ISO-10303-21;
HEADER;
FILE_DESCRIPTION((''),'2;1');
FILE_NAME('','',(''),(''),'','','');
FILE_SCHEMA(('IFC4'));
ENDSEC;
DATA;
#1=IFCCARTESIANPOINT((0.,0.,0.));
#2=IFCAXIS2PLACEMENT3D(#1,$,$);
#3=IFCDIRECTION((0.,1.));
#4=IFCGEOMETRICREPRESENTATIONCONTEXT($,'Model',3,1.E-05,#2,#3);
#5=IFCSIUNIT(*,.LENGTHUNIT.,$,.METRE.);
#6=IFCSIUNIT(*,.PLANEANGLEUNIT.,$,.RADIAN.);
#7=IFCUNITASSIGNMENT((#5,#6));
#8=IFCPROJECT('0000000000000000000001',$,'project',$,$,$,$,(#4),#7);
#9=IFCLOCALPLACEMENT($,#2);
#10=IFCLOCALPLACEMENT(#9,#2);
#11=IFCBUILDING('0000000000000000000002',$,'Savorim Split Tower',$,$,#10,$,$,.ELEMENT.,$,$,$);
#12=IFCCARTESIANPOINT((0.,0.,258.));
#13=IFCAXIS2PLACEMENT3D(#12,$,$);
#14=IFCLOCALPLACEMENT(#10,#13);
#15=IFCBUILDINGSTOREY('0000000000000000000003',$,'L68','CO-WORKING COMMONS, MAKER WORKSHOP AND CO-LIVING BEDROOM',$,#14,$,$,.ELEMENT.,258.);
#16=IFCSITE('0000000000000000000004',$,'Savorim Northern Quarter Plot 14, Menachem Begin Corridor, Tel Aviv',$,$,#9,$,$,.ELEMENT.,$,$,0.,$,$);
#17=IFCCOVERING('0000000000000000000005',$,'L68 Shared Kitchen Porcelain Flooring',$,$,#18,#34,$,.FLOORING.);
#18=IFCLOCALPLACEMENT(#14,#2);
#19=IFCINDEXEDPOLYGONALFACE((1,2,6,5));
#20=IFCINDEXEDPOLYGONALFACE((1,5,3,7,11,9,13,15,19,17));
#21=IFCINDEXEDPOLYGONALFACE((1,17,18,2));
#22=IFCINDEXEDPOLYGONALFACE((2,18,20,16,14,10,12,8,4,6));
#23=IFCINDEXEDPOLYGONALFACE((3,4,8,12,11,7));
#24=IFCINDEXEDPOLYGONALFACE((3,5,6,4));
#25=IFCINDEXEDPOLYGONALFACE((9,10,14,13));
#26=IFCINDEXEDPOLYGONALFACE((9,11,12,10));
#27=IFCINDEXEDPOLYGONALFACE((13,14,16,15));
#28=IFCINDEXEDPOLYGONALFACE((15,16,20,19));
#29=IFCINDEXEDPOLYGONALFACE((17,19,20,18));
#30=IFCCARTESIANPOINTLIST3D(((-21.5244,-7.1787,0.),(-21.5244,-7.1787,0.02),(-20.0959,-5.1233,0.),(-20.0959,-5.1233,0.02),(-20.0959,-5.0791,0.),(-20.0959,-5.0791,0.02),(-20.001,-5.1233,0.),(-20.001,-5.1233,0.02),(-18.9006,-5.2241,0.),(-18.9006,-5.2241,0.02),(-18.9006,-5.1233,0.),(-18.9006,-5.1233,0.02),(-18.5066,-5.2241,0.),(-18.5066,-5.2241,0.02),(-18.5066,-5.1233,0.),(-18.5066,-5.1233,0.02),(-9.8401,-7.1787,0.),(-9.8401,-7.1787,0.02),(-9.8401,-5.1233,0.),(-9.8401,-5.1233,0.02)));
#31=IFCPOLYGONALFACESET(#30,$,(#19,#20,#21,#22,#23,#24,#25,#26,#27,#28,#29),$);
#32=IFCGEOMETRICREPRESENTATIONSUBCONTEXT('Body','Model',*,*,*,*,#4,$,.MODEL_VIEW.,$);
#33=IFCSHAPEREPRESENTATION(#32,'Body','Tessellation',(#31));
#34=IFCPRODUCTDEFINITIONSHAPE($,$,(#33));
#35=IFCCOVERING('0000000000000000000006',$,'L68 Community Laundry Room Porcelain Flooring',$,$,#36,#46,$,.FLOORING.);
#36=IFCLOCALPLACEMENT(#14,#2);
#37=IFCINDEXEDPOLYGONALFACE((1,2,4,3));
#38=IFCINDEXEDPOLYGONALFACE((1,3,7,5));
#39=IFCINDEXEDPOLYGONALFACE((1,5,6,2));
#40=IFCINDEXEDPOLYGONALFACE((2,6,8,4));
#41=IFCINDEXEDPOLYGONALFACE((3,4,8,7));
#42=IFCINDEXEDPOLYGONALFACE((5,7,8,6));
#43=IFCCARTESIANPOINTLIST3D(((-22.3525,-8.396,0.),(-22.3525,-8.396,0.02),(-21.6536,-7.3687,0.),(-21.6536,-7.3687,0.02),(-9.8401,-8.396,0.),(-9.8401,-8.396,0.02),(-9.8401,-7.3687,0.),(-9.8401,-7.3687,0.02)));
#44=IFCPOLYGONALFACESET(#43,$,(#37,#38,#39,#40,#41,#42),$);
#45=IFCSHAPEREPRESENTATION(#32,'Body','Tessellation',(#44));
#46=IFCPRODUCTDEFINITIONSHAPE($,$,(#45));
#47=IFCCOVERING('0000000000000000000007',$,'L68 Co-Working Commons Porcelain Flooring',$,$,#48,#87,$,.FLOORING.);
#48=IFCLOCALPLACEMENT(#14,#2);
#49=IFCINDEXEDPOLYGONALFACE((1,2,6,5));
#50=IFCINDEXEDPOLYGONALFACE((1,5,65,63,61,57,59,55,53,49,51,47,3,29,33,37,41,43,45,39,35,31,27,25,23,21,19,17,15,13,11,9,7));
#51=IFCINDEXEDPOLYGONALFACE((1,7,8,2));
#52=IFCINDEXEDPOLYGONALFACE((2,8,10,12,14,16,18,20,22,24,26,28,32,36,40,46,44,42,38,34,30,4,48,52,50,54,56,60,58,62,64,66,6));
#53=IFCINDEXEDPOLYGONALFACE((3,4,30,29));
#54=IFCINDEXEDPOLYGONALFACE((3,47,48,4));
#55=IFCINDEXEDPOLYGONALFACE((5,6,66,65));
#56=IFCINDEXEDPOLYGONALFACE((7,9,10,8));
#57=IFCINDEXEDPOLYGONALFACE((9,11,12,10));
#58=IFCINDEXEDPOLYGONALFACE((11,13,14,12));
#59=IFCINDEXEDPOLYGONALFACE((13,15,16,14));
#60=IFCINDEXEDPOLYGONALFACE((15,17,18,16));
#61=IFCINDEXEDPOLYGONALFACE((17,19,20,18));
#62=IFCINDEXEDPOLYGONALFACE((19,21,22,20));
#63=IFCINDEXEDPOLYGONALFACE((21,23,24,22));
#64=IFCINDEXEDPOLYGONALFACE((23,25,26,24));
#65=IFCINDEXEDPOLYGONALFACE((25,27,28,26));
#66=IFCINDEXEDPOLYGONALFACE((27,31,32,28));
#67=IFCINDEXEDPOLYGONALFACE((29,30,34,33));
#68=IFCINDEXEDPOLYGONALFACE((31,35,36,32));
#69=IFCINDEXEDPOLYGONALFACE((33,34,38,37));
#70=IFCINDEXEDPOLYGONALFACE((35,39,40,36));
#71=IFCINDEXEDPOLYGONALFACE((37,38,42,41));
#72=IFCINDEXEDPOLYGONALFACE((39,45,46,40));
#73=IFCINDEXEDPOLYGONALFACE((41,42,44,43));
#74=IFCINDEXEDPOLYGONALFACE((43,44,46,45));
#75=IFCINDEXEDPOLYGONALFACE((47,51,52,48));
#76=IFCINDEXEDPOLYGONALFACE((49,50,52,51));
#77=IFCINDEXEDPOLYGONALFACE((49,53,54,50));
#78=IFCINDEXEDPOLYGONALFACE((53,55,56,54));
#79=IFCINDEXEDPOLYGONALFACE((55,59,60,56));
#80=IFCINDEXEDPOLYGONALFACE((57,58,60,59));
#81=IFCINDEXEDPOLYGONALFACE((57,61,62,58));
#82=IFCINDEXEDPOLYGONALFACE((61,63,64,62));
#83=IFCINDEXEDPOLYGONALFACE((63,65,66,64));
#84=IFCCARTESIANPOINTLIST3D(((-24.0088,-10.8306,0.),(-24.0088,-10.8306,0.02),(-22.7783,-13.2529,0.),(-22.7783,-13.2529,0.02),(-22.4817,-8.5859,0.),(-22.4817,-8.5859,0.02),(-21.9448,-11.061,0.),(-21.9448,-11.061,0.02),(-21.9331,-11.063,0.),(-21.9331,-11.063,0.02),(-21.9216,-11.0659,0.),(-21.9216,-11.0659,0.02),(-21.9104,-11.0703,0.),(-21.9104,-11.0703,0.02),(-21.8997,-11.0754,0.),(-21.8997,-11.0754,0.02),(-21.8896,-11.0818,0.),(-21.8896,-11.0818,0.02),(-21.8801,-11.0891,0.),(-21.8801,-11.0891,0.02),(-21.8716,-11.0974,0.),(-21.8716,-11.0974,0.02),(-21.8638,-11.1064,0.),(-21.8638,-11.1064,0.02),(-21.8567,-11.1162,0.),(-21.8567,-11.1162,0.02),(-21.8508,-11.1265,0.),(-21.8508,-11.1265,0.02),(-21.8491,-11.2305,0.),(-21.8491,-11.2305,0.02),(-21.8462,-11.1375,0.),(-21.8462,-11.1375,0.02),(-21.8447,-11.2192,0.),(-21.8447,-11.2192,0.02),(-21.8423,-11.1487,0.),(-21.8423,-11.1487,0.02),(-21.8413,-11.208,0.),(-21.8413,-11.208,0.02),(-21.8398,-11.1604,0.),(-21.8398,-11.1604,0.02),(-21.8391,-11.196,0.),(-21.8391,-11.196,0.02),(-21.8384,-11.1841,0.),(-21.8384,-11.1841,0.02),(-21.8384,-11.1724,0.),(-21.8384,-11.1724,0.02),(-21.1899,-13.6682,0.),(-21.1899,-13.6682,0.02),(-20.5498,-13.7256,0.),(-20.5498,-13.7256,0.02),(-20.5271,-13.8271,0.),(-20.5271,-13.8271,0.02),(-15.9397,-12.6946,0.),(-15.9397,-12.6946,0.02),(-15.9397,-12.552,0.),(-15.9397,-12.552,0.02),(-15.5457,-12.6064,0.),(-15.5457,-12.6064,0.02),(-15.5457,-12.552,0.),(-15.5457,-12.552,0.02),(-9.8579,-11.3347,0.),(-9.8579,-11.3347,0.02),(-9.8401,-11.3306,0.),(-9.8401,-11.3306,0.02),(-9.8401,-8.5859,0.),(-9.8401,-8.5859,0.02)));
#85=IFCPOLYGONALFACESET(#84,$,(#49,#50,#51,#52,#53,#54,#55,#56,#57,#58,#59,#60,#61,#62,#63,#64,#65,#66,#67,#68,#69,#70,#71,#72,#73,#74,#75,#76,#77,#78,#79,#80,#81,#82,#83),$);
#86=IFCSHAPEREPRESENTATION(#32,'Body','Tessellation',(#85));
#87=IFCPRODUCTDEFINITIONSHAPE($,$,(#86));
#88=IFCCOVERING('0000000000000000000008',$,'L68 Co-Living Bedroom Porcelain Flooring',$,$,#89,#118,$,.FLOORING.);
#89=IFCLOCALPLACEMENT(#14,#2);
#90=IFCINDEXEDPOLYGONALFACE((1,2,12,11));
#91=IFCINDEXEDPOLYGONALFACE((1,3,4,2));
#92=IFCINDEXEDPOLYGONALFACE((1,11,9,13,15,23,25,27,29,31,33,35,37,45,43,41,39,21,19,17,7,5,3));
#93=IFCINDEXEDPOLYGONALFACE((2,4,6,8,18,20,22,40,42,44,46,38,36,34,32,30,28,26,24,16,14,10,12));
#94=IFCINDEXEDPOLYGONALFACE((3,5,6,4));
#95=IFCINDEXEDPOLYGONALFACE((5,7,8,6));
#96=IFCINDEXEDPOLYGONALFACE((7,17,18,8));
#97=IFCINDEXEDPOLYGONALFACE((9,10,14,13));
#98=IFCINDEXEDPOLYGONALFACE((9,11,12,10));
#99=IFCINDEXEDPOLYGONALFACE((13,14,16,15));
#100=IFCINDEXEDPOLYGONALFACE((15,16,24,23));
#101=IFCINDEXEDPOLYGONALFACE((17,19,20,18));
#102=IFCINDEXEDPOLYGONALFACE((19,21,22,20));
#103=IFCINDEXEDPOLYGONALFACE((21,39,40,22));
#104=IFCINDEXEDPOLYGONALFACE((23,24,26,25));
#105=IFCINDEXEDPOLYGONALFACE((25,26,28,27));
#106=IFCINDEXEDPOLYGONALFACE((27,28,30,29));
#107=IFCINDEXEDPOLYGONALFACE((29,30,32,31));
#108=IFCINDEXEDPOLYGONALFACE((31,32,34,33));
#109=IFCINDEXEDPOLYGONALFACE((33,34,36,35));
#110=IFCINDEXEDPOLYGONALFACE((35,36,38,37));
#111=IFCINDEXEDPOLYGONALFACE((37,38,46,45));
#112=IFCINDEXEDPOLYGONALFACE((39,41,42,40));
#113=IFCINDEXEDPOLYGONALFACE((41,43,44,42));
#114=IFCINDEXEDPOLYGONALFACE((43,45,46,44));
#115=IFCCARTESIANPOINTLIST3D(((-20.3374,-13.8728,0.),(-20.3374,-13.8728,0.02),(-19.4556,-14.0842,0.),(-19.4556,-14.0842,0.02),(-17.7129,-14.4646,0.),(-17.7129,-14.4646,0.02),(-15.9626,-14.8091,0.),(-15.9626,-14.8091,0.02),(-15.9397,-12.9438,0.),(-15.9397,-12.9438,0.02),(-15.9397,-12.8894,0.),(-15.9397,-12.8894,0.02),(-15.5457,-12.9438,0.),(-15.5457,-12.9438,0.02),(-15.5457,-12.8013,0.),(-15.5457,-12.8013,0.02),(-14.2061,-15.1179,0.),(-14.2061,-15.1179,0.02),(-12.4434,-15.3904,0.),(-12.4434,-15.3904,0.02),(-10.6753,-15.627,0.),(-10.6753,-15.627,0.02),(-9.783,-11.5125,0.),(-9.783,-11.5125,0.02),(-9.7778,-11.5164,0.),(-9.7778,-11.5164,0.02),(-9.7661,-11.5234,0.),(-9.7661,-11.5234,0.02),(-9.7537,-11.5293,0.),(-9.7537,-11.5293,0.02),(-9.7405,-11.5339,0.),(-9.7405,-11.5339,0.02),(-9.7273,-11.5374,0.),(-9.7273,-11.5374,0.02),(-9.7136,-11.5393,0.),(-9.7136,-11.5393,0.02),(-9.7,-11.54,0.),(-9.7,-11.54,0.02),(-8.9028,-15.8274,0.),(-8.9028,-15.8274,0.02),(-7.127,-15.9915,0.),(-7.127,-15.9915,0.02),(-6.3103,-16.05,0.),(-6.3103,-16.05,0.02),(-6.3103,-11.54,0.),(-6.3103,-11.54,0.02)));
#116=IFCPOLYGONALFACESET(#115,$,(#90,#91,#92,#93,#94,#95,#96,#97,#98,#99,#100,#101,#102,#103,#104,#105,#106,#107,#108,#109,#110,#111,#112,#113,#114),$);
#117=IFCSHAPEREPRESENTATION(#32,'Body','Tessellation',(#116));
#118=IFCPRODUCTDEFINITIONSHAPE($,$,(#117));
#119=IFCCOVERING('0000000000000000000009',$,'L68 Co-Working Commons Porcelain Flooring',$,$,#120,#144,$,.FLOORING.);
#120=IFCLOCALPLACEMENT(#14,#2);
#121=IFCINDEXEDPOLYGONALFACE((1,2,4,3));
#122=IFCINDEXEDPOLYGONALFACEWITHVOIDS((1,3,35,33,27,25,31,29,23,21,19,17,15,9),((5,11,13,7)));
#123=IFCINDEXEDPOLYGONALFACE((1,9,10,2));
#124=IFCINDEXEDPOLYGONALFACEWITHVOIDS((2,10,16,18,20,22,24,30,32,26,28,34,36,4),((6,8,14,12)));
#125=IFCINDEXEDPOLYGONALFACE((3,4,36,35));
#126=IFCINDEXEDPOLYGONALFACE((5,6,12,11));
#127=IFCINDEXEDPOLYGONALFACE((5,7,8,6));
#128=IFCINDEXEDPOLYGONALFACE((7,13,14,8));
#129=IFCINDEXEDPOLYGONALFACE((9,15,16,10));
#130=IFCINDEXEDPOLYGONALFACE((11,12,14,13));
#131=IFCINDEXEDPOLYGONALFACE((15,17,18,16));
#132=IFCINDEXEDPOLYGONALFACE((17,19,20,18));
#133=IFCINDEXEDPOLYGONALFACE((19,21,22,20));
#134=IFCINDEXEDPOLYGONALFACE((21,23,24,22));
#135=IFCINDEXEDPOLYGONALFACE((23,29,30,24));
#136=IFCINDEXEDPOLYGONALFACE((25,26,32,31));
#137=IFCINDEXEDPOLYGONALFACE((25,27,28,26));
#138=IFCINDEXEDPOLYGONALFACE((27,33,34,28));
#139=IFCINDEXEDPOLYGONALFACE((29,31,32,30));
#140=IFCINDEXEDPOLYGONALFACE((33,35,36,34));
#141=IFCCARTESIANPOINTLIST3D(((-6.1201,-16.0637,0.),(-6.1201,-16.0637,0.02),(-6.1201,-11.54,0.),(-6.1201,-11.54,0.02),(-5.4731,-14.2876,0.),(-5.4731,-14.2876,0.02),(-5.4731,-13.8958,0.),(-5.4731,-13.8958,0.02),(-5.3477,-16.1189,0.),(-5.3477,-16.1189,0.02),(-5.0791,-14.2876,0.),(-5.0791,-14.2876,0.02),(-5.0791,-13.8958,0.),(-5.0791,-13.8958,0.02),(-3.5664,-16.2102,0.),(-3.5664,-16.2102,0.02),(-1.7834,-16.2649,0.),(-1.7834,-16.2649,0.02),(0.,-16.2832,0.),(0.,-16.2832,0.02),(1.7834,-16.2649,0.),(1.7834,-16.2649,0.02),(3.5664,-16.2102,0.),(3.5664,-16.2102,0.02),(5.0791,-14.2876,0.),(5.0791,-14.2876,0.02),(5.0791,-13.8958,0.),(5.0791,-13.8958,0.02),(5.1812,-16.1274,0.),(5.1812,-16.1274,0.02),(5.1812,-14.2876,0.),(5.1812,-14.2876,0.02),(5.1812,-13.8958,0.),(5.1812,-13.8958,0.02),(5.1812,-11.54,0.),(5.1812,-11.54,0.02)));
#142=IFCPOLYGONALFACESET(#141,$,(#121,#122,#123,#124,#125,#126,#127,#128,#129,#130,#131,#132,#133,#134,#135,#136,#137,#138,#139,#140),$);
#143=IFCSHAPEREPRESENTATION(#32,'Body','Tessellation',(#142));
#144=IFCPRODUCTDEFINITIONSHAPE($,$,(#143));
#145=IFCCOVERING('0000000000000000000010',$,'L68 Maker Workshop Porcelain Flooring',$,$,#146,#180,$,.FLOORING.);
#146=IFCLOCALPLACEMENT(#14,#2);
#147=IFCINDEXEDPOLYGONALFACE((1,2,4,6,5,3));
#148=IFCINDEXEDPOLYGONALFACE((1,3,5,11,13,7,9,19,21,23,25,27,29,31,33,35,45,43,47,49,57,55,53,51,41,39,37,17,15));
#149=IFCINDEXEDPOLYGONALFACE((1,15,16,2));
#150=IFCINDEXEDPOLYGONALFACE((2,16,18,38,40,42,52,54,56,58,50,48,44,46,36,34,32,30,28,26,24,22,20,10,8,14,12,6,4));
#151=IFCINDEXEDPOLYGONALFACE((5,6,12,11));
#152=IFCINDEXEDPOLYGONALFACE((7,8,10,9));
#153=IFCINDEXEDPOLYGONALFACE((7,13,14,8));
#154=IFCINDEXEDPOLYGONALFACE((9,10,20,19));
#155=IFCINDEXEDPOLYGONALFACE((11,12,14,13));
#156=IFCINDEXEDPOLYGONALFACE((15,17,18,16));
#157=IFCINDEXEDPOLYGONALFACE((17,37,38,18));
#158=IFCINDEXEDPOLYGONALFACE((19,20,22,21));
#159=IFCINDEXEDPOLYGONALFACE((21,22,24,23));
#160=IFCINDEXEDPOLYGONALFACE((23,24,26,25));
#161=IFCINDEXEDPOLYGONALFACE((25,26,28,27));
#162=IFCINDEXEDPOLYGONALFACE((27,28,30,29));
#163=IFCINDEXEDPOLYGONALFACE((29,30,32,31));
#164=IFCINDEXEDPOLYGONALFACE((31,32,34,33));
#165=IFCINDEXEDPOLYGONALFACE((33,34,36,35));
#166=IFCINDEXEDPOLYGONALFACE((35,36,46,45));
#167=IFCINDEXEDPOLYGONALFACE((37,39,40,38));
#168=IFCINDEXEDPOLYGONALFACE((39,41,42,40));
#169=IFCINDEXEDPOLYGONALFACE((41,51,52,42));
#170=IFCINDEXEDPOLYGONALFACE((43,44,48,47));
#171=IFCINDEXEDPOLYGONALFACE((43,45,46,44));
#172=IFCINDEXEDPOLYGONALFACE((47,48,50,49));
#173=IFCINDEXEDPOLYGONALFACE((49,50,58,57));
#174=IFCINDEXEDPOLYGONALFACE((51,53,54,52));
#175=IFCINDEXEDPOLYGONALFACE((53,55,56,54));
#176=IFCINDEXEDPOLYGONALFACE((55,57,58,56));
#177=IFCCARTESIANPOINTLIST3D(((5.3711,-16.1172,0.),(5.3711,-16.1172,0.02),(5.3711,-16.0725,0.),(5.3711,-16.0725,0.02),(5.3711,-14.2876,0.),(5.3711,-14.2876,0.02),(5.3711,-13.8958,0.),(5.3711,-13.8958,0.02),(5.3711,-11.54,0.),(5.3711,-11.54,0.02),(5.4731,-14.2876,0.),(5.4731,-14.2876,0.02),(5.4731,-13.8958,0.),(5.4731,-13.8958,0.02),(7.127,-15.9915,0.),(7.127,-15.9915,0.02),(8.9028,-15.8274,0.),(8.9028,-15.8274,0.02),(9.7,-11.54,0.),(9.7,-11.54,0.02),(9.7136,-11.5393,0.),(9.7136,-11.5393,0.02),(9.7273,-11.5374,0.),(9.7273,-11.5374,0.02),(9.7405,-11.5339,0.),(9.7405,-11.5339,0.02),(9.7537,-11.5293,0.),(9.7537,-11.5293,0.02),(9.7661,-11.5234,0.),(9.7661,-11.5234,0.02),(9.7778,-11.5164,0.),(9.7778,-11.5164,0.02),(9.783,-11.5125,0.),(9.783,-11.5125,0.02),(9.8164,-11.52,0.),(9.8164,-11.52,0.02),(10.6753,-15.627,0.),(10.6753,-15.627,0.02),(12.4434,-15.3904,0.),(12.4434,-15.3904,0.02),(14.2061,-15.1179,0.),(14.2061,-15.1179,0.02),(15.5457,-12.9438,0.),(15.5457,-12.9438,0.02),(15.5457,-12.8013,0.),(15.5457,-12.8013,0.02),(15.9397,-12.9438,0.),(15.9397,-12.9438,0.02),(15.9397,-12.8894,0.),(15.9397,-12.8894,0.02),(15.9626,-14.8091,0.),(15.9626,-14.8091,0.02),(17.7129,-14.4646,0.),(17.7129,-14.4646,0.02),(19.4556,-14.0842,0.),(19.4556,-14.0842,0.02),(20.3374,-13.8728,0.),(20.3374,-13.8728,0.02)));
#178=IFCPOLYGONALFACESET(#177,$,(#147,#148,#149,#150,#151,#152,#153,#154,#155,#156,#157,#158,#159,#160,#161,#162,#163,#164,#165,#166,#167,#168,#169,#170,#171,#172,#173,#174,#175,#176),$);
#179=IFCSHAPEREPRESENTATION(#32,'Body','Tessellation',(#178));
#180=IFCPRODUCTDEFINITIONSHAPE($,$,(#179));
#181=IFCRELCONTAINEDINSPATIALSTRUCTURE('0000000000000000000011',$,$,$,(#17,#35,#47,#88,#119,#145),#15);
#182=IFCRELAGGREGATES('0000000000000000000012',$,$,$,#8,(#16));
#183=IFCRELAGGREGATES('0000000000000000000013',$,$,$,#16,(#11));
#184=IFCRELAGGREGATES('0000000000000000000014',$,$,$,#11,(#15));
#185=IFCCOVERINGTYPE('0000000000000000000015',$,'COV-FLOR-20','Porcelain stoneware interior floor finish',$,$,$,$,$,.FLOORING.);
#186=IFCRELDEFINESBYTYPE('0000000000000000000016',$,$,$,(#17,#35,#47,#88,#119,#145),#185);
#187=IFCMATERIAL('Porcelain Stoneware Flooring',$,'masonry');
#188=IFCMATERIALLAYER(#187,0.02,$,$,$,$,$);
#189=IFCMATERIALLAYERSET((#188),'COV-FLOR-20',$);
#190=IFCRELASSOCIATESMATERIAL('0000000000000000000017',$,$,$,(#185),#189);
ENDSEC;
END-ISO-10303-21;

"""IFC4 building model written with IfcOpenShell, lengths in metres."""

from ifc_helpers import new_model, si_unit, direction, frame, origin, place, context, subcontext, project, spatial, polyline, outline, extrude, material, layer, layer_set, type_object, element, save


model = new_model("IFC4")

# Units and contexts
model_context = context("Model", 3, precision=1e-05, world=origin(), true_north=direction((0.0, 1.0)))
body_context = subcontext(model_context, "Body", "Model", "MODEL_VIEW")
ifc_project = project(units=[si_unit("LENGTHUNIT", "METRE"), si_unit("PLANEANGLEUNIT", "RADIAN")], contexts=[model_context])

# Site, building, storey
site_placement = place(None, origin())
site = spatial("IfcSite", under=ifc_project, at=site_placement, Name="Savorim Northern Quarter Plot 14, Menachem Begin Corridor, Tel Aviv", CompositionType="ELEMENT", RefElevation=0.0)
building_placement = place(site_placement, origin())
building = spatial("IfcBuilding", under=site, at=building_placement, Name="Savorim Split Tower", CompositionType="ELEMENT")
storey_placement = place(building_placement, frame((0.0, 0.0, 258.0)))
storey = spatial("IfcBuildingStorey", under=building, at=storey_placement, Name="L68", Description="CO-WORKING COMMONS, MAKER WORKSHOP AND CO-LIVING BEDROOM", CompositionType="ELEMENT", Elevation=258.0)

# Coverings
ifc_material_1 = material(Name="Porcelain Stoneware Flooring", Category="masonry")
ifc_layer_1 = layer(ifc_material_1, 0.02)
ifc_layer_set_1 = layer_set([ifc_layer_1], Name="COV-FLOR-20")
covering_type_1 = type_object("IfcCoveringType", Name="COV-FLOR-20", Description="Porcelain stoneware interior floor finish", PredefinedType="FLOORING", material=ifc_layer_set_1)
covering_1_placement = place(storey_placement, origin())
element("IfcCovering", 1, at=covering_1_placement, inside=storey, type_object=covering_type_1, Name="L68 Shared Kitchen Porcelain Flooring", PredefinedType="FLOORING", context=body_context, shape_type="SweptSolid", body=[
    extrude(outline(polyline([(-20.001, -5.1233), (-20.0959, -5.1233), (-20.0959, -5.0791), (-21.5244, -7.1787), (-9.8401, -7.1787), (-9.8401, -5.1233), (-18.5066, -5.1233), (-18.5066, -5.2241), (-18.9006, -5.2241), (-18.9006, -5.1233), (-20.001, -5.1233)])), origin(), (0.0, 0.0, 1.0), 0.02),
])
covering_2_placement = place(storey_placement, origin())
element("IfcCovering", 2, at=covering_2_placement, inside=storey, type_object=covering_type_1, Name="L68 Community Laundry Room Porcelain Flooring", PredefinedType="FLOORING", context=body_context, shape_type="SweptSolid", body=[
    extrude(outline(polyline([(-9.8401, -8.396), (-9.8401, -7.3687), (-21.6536, -7.3687), (-22.3525, -8.396), (-9.8401, -8.396)])), origin(), (0.0, 0.0, 1.0), 0.02),
])
covering_3_placement = place(storey_placement, origin())
element("IfcCovering", 3, at=covering_3_placement, inside=storey, type_object=covering_type_1, Name="L68 Co-Working Commons Porcelain Flooring", PredefinedType="FLOORING", context=body_context, shape_type="SweptSolid", body=[
    extrude(outline(polyline([(-21.8384, -11.1841), (-21.8391, -11.196), (-21.8413, -11.208), (-21.8447, -11.2192), (-21.8491, -11.2305), (-22.7783, -13.2529), (-21.1899, -13.6682), (-20.5271, -13.8271), (-20.5498, -13.7256), (-15.9397, -12.6946), (-15.9397, -12.552), (-15.5457, -12.552), (-15.5457, -12.6064), (-9.8579, -11.3347), (-9.8401, -11.3306), (-9.8401, -8.5859), (-22.4817, -8.5859), (-24.0088, -10.8306), (-21.9448, -11.061), (-21.9331, -11.063), (-21.9216, -11.0659), (-21.9104, -11.0703), (-21.8997, -11.0754), (-21.8896, -11.0818), (-21.8801, -11.0891), (-21.8716, -11.0974), (-21.8638, -11.1064), (-21.8567, -11.1162), (-21.8508, -11.1265), (-21.8462, -11.1375), (-21.8423, -11.1487), (-21.8398, -11.1604), (-21.8384, -11.1724), (-21.8384, -11.1841)])), origin(), (0.0, 0.0, 1.0), 0.02),
])
covering_4_placement = place(storey_placement, origin())
element("IfcCovering", 4, at=covering_4_placement, inside=storey, type_object=covering_type_1, Name="L68 Co-Living Bedroom Porcelain Flooring", PredefinedType="FLOORING", context=body_context, shape_type="SweptSolid", body=[
    extrude(outline(polyline([(-10.6753, -15.627), (-8.9028, -15.8274), (-7.127, -15.9915), (-6.3103, -16.05), (-6.3103, -11.54), (-9.7, -11.54), (-9.7136, -11.5393), (-9.7273, -11.5374), (-9.7405, -11.5339), (-9.7537, -11.5293), (-9.7661, -11.5234), (-9.7778, -11.5164), (-9.783, -11.5125), (-15.5457, -12.8013), (-15.5457, -12.9438), (-15.9397, -12.9438), (-15.9397, -12.8894), (-20.3374, -13.8728), (-19.4556, -14.0842), (-17.7129, -14.4646), (-15.9626, -14.8091), (-14.2061, -15.1179), (-12.4434, -15.3904), (-10.6753, -15.627)])), origin(), (0.0, 0.0, 1.0), 0.02),
])
covering_5_placement = place(storey_placement, origin())
element("IfcCovering", 5, at=covering_5_placement, inside=storey, type_object=covering_type_1, Name="L68 Co-Working Commons Porcelain Flooring", PredefinedType="FLOORING", context=body_context, shape_type="SweptSolid", body=[
    extrude(outline(polyline([(-1.7834, -16.2649), (0.0, -16.2832), (1.7834, -16.2649), (3.5664, -16.2102), (5.1812, -16.1274), (5.1812, -14.2876), (5.0791, -14.2876), (5.0791, -13.8958), (5.1812, -13.8958), (5.1812, -11.54), (-6.1201, -11.54), (-6.1201, -16.0637), (-5.3477, -16.1189), (-3.5664, -16.2102), (-1.7834, -16.2649)]), holes=[polyline([(-5.4731, -14.2876), (-5.0791, -14.2876), (-5.0791, -13.8958), (-5.4731, -13.8958), (-5.4731, -14.2876)])]), origin(), (0.0, 0.0, 1.0), 0.02),
])
covering_6_placement = place(storey_placement, origin())
element("IfcCovering", 6, at=covering_6_placement, inside=storey, type_object=covering_type_1, Name="L68 Maker Workshop Porcelain Flooring", PredefinedType="FLOORING", context=body_context, shape_type="SweptSolid", body=[
    extrude(outline(polyline([(14.2061, -15.1179), (15.9626, -14.8091), (17.7129, -14.4646), (19.4556, -14.0842), (20.3374, -13.8728), (15.9397, -12.8894), (15.9397, -12.9438), (15.5457, -12.9438), (15.5457, -12.8013), (9.8164, -11.52), (9.783, -11.5125), (9.7778, -11.5164), (9.7661, -11.5234), (9.7537, -11.5293), (9.7405, -11.5339), (9.7273, -11.5374), (9.7136, -11.5393), (9.7, -11.54), (5.3711, -11.54), (5.3711, -13.8958), (5.4731, -13.8958), (5.4731, -14.2876), (5.3711, -14.2876), (5.3711, -16.0725), (5.3711, -16.1172), (7.127, -15.9915), (8.9028, -15.8274), (10.6753, -15.627), (12.4434, -15.3904), (14.2061, -15.1179)])), origin(), (0.0, 0.0, 1.0), 0.02),
])

save(model, "model.ifc")
